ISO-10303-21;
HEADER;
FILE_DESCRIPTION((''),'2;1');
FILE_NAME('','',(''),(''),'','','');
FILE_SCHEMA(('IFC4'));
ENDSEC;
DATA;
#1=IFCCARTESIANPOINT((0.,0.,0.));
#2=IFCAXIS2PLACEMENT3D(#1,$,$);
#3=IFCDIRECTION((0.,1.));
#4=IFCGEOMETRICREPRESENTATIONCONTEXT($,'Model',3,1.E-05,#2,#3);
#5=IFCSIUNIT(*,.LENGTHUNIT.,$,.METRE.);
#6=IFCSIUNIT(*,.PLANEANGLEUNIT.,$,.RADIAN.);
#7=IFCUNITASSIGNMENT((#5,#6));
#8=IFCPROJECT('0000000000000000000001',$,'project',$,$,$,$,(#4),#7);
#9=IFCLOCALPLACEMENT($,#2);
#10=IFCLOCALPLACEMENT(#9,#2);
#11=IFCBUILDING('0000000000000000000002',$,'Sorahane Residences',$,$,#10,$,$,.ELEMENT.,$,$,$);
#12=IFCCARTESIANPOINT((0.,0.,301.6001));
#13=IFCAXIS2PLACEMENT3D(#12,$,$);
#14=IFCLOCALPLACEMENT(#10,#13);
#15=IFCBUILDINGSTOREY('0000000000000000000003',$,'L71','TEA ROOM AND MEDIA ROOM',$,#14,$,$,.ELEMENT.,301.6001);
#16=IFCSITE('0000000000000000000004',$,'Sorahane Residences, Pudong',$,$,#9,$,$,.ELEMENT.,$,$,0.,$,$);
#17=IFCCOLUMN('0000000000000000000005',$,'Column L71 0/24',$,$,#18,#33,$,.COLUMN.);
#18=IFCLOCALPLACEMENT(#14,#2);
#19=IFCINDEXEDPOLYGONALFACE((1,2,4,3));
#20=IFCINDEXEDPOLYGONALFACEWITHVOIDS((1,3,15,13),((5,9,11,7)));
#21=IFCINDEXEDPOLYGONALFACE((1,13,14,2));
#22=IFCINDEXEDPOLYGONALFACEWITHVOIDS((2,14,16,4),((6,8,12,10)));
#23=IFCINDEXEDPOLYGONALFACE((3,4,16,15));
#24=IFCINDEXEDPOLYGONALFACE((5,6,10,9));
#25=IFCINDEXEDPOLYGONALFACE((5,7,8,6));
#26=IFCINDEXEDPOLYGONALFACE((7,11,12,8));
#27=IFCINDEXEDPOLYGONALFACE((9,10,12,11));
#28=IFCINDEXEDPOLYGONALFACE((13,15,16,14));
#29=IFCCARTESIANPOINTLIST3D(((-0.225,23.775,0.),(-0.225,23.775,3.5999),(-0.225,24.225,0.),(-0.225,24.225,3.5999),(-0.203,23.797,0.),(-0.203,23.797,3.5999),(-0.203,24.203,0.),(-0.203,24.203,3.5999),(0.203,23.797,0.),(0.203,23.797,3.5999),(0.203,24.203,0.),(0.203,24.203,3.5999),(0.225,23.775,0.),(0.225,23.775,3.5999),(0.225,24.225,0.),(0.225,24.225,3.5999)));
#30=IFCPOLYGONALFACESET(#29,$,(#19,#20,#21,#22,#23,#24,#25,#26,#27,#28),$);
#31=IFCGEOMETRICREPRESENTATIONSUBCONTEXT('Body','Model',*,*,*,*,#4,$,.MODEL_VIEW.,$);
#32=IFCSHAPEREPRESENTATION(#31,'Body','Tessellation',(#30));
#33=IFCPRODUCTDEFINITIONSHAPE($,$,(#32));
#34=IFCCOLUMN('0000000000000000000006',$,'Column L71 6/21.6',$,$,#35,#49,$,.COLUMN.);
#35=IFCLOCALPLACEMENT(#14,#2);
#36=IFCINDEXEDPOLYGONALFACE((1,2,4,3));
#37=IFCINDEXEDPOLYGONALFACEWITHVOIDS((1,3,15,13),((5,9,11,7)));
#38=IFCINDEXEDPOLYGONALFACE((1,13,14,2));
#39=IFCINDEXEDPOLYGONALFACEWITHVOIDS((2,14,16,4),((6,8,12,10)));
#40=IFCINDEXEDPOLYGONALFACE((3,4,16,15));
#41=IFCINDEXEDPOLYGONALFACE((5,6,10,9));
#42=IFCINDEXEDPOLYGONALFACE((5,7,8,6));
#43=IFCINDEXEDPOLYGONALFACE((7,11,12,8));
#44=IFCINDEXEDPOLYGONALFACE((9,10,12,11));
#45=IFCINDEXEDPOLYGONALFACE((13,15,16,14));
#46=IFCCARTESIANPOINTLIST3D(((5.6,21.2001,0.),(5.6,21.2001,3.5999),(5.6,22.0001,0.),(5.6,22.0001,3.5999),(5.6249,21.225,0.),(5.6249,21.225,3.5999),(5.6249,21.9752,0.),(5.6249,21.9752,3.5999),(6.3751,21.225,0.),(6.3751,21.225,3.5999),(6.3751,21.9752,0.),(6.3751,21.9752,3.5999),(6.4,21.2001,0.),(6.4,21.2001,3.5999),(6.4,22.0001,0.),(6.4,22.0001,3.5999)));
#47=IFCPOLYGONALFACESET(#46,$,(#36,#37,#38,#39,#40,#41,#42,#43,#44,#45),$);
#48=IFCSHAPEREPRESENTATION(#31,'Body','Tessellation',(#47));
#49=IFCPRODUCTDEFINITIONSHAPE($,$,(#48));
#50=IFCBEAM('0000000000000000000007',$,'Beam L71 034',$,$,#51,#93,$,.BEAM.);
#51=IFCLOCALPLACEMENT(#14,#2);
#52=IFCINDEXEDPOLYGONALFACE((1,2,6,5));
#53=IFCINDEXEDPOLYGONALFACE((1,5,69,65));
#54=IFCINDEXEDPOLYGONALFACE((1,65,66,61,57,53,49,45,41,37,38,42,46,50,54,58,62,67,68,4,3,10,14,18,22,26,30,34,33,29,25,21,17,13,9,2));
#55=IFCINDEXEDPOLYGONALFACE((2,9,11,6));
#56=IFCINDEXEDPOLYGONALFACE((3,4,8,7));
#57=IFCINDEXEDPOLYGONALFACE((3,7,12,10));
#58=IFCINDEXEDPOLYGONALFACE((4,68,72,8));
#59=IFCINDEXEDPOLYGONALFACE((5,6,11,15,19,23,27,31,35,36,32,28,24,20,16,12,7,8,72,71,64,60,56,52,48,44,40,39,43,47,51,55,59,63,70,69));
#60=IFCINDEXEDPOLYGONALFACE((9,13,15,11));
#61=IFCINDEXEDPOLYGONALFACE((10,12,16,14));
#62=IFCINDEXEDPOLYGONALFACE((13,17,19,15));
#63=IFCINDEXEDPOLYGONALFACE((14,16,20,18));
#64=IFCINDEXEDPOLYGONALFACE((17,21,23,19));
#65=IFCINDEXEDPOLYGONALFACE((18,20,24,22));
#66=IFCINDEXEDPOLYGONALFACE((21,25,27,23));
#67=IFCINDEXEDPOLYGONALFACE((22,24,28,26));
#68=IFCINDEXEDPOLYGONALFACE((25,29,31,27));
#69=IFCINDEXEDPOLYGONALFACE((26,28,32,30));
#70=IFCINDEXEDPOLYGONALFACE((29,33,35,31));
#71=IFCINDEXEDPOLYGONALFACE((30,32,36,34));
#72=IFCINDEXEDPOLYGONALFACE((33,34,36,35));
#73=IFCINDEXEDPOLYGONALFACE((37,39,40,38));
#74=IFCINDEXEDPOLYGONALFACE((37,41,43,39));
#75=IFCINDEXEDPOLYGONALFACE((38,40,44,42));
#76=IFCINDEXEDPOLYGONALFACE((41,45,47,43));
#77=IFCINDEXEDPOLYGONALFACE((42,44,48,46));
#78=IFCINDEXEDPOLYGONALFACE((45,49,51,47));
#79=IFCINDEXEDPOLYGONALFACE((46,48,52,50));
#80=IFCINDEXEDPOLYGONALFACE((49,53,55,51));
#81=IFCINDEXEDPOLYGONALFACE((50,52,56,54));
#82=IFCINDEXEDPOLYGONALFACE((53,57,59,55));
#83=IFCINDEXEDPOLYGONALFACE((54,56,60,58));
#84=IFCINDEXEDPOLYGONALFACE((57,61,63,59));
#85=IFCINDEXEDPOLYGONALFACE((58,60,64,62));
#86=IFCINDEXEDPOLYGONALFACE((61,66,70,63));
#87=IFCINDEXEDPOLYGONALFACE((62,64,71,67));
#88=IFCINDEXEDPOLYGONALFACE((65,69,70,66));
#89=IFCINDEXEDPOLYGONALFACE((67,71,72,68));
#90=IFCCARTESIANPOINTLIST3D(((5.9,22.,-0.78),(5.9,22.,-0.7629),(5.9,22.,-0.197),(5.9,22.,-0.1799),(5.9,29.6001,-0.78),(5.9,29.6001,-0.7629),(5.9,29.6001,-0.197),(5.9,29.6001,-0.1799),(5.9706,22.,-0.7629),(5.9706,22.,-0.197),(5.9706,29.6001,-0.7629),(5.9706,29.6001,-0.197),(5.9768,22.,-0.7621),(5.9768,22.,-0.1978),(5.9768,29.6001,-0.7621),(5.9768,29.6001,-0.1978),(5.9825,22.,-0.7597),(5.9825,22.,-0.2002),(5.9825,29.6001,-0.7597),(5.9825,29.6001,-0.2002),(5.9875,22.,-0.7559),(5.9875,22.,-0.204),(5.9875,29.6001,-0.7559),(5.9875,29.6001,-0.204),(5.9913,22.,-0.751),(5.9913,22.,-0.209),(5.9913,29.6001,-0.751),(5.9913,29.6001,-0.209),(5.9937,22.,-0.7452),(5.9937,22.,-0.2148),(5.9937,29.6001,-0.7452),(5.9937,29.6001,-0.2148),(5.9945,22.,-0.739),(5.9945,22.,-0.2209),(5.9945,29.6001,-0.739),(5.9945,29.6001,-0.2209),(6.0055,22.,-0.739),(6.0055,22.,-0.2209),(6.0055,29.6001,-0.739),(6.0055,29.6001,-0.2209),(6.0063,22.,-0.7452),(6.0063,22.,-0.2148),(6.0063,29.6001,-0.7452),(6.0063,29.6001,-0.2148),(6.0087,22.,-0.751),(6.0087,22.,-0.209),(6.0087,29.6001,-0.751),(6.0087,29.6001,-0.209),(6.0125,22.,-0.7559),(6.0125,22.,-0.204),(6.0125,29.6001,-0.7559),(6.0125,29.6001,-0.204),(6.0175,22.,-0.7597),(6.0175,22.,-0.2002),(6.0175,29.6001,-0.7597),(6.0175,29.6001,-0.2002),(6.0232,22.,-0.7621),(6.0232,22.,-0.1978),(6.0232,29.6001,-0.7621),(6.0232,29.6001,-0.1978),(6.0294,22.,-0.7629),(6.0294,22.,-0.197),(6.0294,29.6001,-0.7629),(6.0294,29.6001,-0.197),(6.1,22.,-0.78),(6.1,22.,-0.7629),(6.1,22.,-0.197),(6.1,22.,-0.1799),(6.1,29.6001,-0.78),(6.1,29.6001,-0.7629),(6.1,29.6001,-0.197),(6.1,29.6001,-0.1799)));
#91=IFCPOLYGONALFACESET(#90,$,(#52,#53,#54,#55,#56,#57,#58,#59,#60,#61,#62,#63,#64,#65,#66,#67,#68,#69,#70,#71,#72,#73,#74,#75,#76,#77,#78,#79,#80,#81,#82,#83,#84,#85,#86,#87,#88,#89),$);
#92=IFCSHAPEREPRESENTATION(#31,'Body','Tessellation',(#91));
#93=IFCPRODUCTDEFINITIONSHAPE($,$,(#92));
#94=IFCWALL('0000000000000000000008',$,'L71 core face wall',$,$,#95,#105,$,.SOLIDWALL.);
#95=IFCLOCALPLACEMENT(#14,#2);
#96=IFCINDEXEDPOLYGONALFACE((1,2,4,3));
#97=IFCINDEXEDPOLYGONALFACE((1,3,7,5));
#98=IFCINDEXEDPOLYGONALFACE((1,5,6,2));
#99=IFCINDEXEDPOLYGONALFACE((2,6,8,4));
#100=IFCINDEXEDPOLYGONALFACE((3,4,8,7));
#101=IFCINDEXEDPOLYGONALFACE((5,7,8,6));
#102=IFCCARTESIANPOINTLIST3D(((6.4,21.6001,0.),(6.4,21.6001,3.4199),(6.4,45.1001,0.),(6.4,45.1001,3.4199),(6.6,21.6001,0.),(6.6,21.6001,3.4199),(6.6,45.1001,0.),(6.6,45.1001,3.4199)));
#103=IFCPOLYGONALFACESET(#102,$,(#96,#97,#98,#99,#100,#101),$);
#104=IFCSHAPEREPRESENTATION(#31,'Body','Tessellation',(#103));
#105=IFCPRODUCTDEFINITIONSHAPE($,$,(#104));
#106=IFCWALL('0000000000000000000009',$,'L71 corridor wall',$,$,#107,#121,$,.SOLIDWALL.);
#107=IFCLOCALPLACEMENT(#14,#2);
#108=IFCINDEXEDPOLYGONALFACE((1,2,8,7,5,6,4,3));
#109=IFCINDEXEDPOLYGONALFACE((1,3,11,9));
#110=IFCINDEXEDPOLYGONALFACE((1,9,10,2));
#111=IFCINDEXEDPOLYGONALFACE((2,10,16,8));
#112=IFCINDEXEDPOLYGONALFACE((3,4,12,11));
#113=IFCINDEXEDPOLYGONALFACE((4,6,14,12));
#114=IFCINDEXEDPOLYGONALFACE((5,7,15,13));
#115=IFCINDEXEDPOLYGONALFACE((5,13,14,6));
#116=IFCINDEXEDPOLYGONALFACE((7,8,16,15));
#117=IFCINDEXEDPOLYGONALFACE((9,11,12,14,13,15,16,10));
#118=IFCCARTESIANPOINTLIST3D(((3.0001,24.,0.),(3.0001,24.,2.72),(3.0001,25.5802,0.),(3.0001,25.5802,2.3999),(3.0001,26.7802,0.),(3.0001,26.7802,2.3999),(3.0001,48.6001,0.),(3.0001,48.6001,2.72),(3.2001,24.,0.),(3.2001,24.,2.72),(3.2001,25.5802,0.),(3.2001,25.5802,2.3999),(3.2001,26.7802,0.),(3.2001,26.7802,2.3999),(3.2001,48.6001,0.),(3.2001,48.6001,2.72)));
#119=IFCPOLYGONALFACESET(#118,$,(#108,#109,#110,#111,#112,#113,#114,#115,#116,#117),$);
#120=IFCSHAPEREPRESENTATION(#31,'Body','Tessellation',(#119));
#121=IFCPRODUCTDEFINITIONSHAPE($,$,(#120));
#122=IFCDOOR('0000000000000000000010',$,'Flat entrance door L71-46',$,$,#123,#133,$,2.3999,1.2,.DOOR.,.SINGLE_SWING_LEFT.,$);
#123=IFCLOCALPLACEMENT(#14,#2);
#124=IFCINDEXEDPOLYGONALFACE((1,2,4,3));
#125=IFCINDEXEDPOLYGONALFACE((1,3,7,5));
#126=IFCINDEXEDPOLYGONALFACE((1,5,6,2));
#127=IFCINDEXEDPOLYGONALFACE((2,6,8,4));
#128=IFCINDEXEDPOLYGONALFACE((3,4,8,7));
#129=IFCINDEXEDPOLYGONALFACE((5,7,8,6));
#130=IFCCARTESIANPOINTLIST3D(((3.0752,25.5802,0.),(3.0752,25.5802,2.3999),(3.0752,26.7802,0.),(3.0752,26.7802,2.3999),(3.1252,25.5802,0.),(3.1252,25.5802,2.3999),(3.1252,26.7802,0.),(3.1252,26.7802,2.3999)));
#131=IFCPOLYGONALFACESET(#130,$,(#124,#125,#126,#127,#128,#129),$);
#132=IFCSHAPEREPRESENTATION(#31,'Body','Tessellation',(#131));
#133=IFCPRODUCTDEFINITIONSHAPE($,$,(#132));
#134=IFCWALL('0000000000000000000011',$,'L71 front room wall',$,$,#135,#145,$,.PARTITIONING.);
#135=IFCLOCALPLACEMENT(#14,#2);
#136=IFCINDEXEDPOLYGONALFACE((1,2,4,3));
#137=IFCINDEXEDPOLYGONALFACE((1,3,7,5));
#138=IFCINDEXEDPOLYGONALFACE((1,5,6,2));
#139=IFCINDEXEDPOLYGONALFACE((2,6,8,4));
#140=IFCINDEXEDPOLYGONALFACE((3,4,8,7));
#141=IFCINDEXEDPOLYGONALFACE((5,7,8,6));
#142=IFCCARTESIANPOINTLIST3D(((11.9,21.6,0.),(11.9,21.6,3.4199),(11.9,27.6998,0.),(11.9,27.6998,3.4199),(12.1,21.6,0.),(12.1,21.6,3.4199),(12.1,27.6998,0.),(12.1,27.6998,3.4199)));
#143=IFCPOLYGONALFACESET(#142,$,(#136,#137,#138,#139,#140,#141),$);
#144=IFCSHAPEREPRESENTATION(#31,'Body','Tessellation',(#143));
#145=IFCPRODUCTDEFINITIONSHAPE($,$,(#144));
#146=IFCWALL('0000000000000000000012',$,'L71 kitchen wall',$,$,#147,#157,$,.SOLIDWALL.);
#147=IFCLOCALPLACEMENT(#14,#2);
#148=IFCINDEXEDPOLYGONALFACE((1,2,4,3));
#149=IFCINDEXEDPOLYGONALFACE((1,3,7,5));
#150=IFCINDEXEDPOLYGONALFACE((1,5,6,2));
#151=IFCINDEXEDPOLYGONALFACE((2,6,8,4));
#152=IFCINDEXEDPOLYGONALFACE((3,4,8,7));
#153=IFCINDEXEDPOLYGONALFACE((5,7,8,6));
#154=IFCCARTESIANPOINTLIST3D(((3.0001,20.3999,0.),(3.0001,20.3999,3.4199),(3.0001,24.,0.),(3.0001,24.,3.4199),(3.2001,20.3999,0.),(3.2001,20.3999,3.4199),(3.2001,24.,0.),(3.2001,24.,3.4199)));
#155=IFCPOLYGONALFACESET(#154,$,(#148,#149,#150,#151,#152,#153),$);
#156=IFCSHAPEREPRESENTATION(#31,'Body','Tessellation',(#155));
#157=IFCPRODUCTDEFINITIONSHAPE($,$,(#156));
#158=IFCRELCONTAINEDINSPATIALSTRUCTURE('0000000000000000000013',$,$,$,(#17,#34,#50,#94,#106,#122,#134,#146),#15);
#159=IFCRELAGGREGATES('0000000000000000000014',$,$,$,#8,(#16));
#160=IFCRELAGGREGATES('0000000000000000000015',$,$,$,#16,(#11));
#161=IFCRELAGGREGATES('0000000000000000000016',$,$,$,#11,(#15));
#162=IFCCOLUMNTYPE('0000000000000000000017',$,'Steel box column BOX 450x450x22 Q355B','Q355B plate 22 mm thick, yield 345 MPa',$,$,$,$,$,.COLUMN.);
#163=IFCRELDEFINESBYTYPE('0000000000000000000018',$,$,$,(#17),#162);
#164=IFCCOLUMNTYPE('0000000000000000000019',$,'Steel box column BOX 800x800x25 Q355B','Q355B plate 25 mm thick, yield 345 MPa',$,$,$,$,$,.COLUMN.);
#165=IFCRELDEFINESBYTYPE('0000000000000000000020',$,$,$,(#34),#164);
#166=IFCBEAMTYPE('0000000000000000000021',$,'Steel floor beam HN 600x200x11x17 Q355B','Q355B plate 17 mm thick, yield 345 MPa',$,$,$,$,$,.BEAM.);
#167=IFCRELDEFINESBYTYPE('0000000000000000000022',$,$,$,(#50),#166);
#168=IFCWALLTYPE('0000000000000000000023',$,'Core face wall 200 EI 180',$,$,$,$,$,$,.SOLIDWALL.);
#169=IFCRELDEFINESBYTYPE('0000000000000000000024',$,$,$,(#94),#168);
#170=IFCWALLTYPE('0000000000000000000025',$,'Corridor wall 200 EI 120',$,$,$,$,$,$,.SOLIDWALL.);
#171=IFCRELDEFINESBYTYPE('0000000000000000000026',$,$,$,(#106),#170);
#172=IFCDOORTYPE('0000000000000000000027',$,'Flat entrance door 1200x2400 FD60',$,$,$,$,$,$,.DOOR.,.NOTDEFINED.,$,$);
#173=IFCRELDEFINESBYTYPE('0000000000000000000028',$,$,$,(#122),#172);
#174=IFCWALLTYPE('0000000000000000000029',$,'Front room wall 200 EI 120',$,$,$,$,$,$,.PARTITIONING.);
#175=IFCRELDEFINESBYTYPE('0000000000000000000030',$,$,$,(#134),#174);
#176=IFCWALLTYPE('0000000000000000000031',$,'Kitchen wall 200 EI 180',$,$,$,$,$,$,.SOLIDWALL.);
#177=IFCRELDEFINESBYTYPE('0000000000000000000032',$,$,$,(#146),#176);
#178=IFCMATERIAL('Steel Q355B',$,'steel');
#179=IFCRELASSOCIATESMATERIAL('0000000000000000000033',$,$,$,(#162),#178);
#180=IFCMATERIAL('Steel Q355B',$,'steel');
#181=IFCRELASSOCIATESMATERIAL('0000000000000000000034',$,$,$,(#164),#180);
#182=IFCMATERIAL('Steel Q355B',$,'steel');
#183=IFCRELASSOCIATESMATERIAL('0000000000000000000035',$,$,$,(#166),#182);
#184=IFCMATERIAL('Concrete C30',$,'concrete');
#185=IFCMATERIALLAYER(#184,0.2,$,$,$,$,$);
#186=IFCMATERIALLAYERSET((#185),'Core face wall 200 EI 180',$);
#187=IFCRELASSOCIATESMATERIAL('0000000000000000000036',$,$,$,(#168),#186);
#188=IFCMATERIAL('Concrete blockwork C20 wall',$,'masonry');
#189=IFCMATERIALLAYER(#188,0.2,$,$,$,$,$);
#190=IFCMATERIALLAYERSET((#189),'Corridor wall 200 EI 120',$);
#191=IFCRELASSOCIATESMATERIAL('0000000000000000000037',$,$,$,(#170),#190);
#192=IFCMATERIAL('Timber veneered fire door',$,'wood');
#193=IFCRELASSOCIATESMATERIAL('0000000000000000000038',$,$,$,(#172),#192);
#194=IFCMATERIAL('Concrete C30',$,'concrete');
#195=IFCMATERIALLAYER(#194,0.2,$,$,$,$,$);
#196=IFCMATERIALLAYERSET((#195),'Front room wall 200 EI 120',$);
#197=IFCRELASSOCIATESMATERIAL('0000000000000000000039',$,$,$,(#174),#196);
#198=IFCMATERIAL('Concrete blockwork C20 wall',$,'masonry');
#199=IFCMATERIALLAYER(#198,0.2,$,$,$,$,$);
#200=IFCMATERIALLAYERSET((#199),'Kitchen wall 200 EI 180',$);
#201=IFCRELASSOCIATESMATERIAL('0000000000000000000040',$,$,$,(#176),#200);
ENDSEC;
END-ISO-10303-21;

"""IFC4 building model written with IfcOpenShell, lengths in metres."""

from ifc_helpers import new_model, si_unit, direction, frame, frame_2d, origin, origin_2d, place, context, subcontext, project, spatial, rectangle, hollow_rectangle, i_section, extrude, material, layer, layer_set, material_profile, profile_set, type_object, element, fill, save


model = new_model("IFC4")

# Units and contexts
model_context = context("Model", 3, precision=1e-05, world=origin(), true_north=direction((0.0, 1.0)))
body_context = subcontext(model_context, "Body", "Model", "MODEL_VIEW")
ifc_project = project(units=[si_unit("LENGTHUNIT", "METRE"), si_unit("PLANEANGLEUNIT", "RADIAN")], contexts=[model_context])

# Site, building, storey
site_placement = place(None, origin())
site = spatial("IfcSite", under=ifc_project, at=site_placement, Name="Sorahane Residences, Pudong", CompositionType="ELEMENT", RefElevation=0.0)
building_placement = place(site_placement, origin())
building = spatial("IfcBuilding", under=site, at=building_placement, Name="Sorahane Residences", CompositionType="ELEMENT")
storey_placement = place(building_placement, frame((0.0, 0.0, 301.6001)))
storey = spatial("IfcBuildingStorey", under=building, at=storey_placement, Name="L71", Description="TEA ROOM AND MEDIA ROOM", CompositionType="ELEMENT", Elevation=301.6001)

# Columns
ifc_material_1 = material(Name="Steel Q355B", Category="steel")
ifc_material_profile_1 = material_profile(ifc_material_1, hollow_rectangle(XDim=0.45, YDim=0.45, WallThickness=0.022, at=origin_2d()), Name="BOX 450x450x22")
ifc_profile_set_1 = profile_set([ifc_material_profile_1], Name="Steel Q355B")
column_type_1 = type_object("IfcColumnType", Name="Steel box column BOX 450x450x22 Q355B", Description="Q355B plate 22 mm thick, yield 345 MPa", PredefinedType="COLUMN", material=ifc_profile_set_1)
column_1_placement = place(storey_placement, frame((0.0, 24.0, 0.0), z_axis=(0.0, 0.0, 1.0), x_axis=(1.0, 0.0, 0.0)))
element("IfcColumn", 1, at=column_1_placement, inside=storey, type_object=column_type_1, Name="Column L71 0/24", PredefinedType="COLUMN", context=body_context, shape_type="SweptSolid", body=[
    extrude(hollow_rectangle(XDim=0.45, YDim=0.45, WallThickness=0.022, at=origin_2d()), origin(), (0.0, 0.0, 1.0), 3.5999),
])
ifc_material_2 = material(Name="Steel Q355B", Category="steel")
ifc_material_profile_2 = material_profile(ifc_material_2, hollow_rectangle(XDim=0.8, YDim=0.8, WallThickness=0.0249, at=origin_2d()), Name="BOX 800x800x25")
ifc_profile_set_2 = profile_set([ifc_material_profile_2], Name="Steel Q355B")
column_type_2 = type_object("IfcColumnType", Name="Steel box column BOX 800x800x25 Q355B", Description="Q355B plate 25 mm thick, yield 345 MPa", PredefinedType="COLUMN", material=ifc_profile_set_2)
column_2_placement = place(storey_placement, frame((6.0, 21.6001, 0.0), z_axis=(0.0, 0.0, 1.0), x_axis=(1.0, 0.0, 0.0)))
element("IfcColumn", 2, at=column_2_placement, inside=storey, type_object=column_type_2, Name="Column L71 6/21.6", PredefinedType="COLUMN", context=body_context, shape_type="SweptSolid", body=[
    extrude(hollow_rectangle(XDim=0.8, YDim=0.8, WallThickness=0.0249, at=origin_2d()), origin(), (0.0, 0.0, 1.0), 3.5999),
])

# Beam
ifc_material_3 = material(Name="Steel Q355B", Category="steel")
ifc_material_profile_3 = material_profile(ifc_material_3, i_section(OverallWidth=0.2, OverallDepth=0.6001, WebThickness=0.011, FlangeThickness=0.0171, FilletRadius=0.0239, at=origin_2d()), Name="HN 600x200x11x17")
ifc_profile_set_3 = profile_set([ifc_material_profile_3], Name="Steel Q355B")
beam_type = type_object("IfcBeamType", Name="Steel floor beam HN 600x200x11x17 Q355B", Description="Q355B plate 17 mm thick, yield 345 MPa", PredefinedType="BEAM", material=ifc_profile_set_3)
beam_placement = place(storey_placement, frame((6.0, 22.0, -0.48), z_axis=(0.0, 1.0, 0.0), x_axis=(-1.0, 0.0, 0.0)))
element("IfcBeam", 3, at=beam_placement, inside=storey, type_object=beam_type, Name="Beam L71 034", PredefinedType="BEAM", context=body_context, shape_type="SweptSolid", body=[
    extrude(i_section(OverallWidth=0.2, OverallDepth=0.6001, WebThickness=0.011, FlangeThickness=0.0171, FilletRadius=0.0239, at=origin_2d()), origin(), (0.0, 0.0, 1.0), 7.6001),
])

# Wall
ifc_material_4 = material(Name="Concrete C30", Category="concrete")
ifc_layer_1 = layer(ifc_material_4, 0.2)
ifc_layer_set_1 = layer_set([ifc_layer_1], Name="Core face wall 200 EI 180")
wall_type_1 = type_object("IfcWallType", Name="Core face wall 200 EI 180", PredefinedType="SOLIDWALL", material=ifc_layer_set_1)
wall_1_placement = place(storey_placement, frame((6.5, 21.6001, 0.0), z_axis=(0.0, 0.0, 1.0), x_axis=(0.0, 1.0, 0.0)))
element("IfcWall", 4, at=wall_1_placement, inside=storey, type_object=wall_type_1, Name="L71 core face wall", PredefinedType="SOLIDWALL", context=body_context, shape_type="SweptSolid", body=[
    extrude(rectangle(XDim=23.5, YDim=0.2, at=frame_2d((11.75, 0.0))), origin(), (0.0, 0.0, 1.0), 3.4199),
])

# Wall, opening, door
ifc_material_5 = material(Name="Concrete blockwork C20 wall", Category="masonry")
ifc_layer_2 = layer(ifc_material_5, 0.2)
ifc_layer_set_2 = layer_set([ifc_layer_2], Name="Corridor wall 200 EI 120")
wall_type_2 = type_object("IfcWallType", Name="Corridor wall 200 EI 120", PredefinedType="SOLIDWALL", material=ifc_layer_set_2)
wall_2_placement = place(storey_placement, frame((3.1001, 24.0, 0.0), z_axis=(0.0, 0.0, 1.0), x_axis=(0.0, 1.0, 0.0)))
wall_2 = element("IfcWall", 5, at=wall_2_placement, inside=storey, type_object=wall_type_2, Name="L71 corridor wall", PredefinedType="SOLIDWALL", context=body_context, shape_type="SweptSolid", body=[
    extrude(rectangle(XDim=24.6001, YDim=0.2, at=frame_2d((12.3, 0.0))), origin(), (0.0, 0.0, 1.0), 2.72),
])
opening_1_placement = place(wall_2_placement, frame((1.5801, 0.0, 0.0)))
opening_1 = element("IfcOpeningElement", 6, at=opening_1_placement, cuts=wall_2, PredefinedType="OPENING", context=body_context, shape_type="SweptSolid", body=[
    extrude(rectangle(XDim=1.2, YDim=2.3999, at=frame_2d((0.6001, 1.2))), frame((0.0, 0.1099, 0.0), z_axis=(0.0, -1.0, 0.0), x_axis=(1.0, 0.0, 0.0)), (0.0, 0.0, 1.0), 0.22),
])
ifc_material_6 = material(Name="Timber veneered fire door", Category="wood")
door_type_1 = type_object("IfcDoorType", Name="Flat entrance door 1200x2400 FD60", OperationType="NOTDEFINED", PredefinedType="DOOR", material=ifc_material_6)
door_1_placement = place(opening_1_placement, origin())
door_1 = element("IfcDoor", 7, at=door_1_placement, inside=storey, type_object=door_type_1, Name="Flat entrance door L71-46", OperationType="SINGLE_SWING_LEFT", OverallHeight=2.3999, OverallWidth=1.2, PredefinedType="DOOR", context=body_context, shape_type="SweptSolid", body=[
    extrude(rectangle(XDim=1.2, YDim=2.3999, at=frame_2d((0.6001, 1.2))), frame((0.0, 0.0249, 0.0), z_axis=(0.0, -1.0, 0.0), x_axis=(1.0, 0.0, 0.0)), (0.0, 0.0, 1.0), 0.05),
])
fill(opening_1, door_1)

# Walls
ifc_material_7 = material(Name="Concrete C30", Category="concrete")
ifc_layer_3 = layer(ifc_material_7, 0.2)
ifc_layer_set_3 = layer_set([ifc_layer_3], Name="Front room wall 200 EI 120")
wall_type_3 = type_object("IfcWallType", Name="Front room wall 200 EI 120", PredefinedType="PARTITIONING", material=ifc_layer_set_3)
wall_3_placement = place(storey_placement, frame((12.0, 21.6001, 0.0), z_axis=(0.0, 0.0, 1.0), x_axis=(0.0, 1.0, 0.0)))
element("IfcWall", 8, at=wall_3_placement, inside=storey, type_object=wall_type_3, Name="L71 front room wall", PredefinedType="PARTITIONING", context=body_context, shape_type="SweptSolid", body=[
    extrude(rectangle(XDim=6.0999, YDim=0.2, at=frame_2d((3.0498, 0.0))), origin(), (0.0, 0.0, 1.0), 3.4199),
])
ifc_material_8 = material(Name="Concrete blockwork C20 wall", Category="masonry")
ifc_layer_4 = layer(ifc_material_8, 0.2)
ifc_layer_set_4 = layer_set([ifc_layer_4], Name="Kitchen wall 200 EI 180")
wall_type_4 = type_object("IfcWallType", Name="Kitchen wall 200 EI 180", PredefinedType="SOLIDWALL", material=ifc_layer_set_4)
wall_4_placement = place(storey_placement, frame((3.1001, 20.3999, 0.0), z_axis=(0.0, 0.0, 1.0), x_axis=(0.0, 1.0, 0.0)))
element("IfcWall", 9, at=wall_4_placement, inside=storey, type_object=wall_type_4, Name="L71 kitchen wall", PredefinedType="SOLIDWALL", context=body_context, shape_type="SweptSolid", body=[
    extrude(rectangle(XDim=3.6001, YDim=0.2, at=frame_2d((1.8, 0.0))), origin(), (0.0, 0.0, 1.0), 3.4199),
])

save(model, "model.ifc")
